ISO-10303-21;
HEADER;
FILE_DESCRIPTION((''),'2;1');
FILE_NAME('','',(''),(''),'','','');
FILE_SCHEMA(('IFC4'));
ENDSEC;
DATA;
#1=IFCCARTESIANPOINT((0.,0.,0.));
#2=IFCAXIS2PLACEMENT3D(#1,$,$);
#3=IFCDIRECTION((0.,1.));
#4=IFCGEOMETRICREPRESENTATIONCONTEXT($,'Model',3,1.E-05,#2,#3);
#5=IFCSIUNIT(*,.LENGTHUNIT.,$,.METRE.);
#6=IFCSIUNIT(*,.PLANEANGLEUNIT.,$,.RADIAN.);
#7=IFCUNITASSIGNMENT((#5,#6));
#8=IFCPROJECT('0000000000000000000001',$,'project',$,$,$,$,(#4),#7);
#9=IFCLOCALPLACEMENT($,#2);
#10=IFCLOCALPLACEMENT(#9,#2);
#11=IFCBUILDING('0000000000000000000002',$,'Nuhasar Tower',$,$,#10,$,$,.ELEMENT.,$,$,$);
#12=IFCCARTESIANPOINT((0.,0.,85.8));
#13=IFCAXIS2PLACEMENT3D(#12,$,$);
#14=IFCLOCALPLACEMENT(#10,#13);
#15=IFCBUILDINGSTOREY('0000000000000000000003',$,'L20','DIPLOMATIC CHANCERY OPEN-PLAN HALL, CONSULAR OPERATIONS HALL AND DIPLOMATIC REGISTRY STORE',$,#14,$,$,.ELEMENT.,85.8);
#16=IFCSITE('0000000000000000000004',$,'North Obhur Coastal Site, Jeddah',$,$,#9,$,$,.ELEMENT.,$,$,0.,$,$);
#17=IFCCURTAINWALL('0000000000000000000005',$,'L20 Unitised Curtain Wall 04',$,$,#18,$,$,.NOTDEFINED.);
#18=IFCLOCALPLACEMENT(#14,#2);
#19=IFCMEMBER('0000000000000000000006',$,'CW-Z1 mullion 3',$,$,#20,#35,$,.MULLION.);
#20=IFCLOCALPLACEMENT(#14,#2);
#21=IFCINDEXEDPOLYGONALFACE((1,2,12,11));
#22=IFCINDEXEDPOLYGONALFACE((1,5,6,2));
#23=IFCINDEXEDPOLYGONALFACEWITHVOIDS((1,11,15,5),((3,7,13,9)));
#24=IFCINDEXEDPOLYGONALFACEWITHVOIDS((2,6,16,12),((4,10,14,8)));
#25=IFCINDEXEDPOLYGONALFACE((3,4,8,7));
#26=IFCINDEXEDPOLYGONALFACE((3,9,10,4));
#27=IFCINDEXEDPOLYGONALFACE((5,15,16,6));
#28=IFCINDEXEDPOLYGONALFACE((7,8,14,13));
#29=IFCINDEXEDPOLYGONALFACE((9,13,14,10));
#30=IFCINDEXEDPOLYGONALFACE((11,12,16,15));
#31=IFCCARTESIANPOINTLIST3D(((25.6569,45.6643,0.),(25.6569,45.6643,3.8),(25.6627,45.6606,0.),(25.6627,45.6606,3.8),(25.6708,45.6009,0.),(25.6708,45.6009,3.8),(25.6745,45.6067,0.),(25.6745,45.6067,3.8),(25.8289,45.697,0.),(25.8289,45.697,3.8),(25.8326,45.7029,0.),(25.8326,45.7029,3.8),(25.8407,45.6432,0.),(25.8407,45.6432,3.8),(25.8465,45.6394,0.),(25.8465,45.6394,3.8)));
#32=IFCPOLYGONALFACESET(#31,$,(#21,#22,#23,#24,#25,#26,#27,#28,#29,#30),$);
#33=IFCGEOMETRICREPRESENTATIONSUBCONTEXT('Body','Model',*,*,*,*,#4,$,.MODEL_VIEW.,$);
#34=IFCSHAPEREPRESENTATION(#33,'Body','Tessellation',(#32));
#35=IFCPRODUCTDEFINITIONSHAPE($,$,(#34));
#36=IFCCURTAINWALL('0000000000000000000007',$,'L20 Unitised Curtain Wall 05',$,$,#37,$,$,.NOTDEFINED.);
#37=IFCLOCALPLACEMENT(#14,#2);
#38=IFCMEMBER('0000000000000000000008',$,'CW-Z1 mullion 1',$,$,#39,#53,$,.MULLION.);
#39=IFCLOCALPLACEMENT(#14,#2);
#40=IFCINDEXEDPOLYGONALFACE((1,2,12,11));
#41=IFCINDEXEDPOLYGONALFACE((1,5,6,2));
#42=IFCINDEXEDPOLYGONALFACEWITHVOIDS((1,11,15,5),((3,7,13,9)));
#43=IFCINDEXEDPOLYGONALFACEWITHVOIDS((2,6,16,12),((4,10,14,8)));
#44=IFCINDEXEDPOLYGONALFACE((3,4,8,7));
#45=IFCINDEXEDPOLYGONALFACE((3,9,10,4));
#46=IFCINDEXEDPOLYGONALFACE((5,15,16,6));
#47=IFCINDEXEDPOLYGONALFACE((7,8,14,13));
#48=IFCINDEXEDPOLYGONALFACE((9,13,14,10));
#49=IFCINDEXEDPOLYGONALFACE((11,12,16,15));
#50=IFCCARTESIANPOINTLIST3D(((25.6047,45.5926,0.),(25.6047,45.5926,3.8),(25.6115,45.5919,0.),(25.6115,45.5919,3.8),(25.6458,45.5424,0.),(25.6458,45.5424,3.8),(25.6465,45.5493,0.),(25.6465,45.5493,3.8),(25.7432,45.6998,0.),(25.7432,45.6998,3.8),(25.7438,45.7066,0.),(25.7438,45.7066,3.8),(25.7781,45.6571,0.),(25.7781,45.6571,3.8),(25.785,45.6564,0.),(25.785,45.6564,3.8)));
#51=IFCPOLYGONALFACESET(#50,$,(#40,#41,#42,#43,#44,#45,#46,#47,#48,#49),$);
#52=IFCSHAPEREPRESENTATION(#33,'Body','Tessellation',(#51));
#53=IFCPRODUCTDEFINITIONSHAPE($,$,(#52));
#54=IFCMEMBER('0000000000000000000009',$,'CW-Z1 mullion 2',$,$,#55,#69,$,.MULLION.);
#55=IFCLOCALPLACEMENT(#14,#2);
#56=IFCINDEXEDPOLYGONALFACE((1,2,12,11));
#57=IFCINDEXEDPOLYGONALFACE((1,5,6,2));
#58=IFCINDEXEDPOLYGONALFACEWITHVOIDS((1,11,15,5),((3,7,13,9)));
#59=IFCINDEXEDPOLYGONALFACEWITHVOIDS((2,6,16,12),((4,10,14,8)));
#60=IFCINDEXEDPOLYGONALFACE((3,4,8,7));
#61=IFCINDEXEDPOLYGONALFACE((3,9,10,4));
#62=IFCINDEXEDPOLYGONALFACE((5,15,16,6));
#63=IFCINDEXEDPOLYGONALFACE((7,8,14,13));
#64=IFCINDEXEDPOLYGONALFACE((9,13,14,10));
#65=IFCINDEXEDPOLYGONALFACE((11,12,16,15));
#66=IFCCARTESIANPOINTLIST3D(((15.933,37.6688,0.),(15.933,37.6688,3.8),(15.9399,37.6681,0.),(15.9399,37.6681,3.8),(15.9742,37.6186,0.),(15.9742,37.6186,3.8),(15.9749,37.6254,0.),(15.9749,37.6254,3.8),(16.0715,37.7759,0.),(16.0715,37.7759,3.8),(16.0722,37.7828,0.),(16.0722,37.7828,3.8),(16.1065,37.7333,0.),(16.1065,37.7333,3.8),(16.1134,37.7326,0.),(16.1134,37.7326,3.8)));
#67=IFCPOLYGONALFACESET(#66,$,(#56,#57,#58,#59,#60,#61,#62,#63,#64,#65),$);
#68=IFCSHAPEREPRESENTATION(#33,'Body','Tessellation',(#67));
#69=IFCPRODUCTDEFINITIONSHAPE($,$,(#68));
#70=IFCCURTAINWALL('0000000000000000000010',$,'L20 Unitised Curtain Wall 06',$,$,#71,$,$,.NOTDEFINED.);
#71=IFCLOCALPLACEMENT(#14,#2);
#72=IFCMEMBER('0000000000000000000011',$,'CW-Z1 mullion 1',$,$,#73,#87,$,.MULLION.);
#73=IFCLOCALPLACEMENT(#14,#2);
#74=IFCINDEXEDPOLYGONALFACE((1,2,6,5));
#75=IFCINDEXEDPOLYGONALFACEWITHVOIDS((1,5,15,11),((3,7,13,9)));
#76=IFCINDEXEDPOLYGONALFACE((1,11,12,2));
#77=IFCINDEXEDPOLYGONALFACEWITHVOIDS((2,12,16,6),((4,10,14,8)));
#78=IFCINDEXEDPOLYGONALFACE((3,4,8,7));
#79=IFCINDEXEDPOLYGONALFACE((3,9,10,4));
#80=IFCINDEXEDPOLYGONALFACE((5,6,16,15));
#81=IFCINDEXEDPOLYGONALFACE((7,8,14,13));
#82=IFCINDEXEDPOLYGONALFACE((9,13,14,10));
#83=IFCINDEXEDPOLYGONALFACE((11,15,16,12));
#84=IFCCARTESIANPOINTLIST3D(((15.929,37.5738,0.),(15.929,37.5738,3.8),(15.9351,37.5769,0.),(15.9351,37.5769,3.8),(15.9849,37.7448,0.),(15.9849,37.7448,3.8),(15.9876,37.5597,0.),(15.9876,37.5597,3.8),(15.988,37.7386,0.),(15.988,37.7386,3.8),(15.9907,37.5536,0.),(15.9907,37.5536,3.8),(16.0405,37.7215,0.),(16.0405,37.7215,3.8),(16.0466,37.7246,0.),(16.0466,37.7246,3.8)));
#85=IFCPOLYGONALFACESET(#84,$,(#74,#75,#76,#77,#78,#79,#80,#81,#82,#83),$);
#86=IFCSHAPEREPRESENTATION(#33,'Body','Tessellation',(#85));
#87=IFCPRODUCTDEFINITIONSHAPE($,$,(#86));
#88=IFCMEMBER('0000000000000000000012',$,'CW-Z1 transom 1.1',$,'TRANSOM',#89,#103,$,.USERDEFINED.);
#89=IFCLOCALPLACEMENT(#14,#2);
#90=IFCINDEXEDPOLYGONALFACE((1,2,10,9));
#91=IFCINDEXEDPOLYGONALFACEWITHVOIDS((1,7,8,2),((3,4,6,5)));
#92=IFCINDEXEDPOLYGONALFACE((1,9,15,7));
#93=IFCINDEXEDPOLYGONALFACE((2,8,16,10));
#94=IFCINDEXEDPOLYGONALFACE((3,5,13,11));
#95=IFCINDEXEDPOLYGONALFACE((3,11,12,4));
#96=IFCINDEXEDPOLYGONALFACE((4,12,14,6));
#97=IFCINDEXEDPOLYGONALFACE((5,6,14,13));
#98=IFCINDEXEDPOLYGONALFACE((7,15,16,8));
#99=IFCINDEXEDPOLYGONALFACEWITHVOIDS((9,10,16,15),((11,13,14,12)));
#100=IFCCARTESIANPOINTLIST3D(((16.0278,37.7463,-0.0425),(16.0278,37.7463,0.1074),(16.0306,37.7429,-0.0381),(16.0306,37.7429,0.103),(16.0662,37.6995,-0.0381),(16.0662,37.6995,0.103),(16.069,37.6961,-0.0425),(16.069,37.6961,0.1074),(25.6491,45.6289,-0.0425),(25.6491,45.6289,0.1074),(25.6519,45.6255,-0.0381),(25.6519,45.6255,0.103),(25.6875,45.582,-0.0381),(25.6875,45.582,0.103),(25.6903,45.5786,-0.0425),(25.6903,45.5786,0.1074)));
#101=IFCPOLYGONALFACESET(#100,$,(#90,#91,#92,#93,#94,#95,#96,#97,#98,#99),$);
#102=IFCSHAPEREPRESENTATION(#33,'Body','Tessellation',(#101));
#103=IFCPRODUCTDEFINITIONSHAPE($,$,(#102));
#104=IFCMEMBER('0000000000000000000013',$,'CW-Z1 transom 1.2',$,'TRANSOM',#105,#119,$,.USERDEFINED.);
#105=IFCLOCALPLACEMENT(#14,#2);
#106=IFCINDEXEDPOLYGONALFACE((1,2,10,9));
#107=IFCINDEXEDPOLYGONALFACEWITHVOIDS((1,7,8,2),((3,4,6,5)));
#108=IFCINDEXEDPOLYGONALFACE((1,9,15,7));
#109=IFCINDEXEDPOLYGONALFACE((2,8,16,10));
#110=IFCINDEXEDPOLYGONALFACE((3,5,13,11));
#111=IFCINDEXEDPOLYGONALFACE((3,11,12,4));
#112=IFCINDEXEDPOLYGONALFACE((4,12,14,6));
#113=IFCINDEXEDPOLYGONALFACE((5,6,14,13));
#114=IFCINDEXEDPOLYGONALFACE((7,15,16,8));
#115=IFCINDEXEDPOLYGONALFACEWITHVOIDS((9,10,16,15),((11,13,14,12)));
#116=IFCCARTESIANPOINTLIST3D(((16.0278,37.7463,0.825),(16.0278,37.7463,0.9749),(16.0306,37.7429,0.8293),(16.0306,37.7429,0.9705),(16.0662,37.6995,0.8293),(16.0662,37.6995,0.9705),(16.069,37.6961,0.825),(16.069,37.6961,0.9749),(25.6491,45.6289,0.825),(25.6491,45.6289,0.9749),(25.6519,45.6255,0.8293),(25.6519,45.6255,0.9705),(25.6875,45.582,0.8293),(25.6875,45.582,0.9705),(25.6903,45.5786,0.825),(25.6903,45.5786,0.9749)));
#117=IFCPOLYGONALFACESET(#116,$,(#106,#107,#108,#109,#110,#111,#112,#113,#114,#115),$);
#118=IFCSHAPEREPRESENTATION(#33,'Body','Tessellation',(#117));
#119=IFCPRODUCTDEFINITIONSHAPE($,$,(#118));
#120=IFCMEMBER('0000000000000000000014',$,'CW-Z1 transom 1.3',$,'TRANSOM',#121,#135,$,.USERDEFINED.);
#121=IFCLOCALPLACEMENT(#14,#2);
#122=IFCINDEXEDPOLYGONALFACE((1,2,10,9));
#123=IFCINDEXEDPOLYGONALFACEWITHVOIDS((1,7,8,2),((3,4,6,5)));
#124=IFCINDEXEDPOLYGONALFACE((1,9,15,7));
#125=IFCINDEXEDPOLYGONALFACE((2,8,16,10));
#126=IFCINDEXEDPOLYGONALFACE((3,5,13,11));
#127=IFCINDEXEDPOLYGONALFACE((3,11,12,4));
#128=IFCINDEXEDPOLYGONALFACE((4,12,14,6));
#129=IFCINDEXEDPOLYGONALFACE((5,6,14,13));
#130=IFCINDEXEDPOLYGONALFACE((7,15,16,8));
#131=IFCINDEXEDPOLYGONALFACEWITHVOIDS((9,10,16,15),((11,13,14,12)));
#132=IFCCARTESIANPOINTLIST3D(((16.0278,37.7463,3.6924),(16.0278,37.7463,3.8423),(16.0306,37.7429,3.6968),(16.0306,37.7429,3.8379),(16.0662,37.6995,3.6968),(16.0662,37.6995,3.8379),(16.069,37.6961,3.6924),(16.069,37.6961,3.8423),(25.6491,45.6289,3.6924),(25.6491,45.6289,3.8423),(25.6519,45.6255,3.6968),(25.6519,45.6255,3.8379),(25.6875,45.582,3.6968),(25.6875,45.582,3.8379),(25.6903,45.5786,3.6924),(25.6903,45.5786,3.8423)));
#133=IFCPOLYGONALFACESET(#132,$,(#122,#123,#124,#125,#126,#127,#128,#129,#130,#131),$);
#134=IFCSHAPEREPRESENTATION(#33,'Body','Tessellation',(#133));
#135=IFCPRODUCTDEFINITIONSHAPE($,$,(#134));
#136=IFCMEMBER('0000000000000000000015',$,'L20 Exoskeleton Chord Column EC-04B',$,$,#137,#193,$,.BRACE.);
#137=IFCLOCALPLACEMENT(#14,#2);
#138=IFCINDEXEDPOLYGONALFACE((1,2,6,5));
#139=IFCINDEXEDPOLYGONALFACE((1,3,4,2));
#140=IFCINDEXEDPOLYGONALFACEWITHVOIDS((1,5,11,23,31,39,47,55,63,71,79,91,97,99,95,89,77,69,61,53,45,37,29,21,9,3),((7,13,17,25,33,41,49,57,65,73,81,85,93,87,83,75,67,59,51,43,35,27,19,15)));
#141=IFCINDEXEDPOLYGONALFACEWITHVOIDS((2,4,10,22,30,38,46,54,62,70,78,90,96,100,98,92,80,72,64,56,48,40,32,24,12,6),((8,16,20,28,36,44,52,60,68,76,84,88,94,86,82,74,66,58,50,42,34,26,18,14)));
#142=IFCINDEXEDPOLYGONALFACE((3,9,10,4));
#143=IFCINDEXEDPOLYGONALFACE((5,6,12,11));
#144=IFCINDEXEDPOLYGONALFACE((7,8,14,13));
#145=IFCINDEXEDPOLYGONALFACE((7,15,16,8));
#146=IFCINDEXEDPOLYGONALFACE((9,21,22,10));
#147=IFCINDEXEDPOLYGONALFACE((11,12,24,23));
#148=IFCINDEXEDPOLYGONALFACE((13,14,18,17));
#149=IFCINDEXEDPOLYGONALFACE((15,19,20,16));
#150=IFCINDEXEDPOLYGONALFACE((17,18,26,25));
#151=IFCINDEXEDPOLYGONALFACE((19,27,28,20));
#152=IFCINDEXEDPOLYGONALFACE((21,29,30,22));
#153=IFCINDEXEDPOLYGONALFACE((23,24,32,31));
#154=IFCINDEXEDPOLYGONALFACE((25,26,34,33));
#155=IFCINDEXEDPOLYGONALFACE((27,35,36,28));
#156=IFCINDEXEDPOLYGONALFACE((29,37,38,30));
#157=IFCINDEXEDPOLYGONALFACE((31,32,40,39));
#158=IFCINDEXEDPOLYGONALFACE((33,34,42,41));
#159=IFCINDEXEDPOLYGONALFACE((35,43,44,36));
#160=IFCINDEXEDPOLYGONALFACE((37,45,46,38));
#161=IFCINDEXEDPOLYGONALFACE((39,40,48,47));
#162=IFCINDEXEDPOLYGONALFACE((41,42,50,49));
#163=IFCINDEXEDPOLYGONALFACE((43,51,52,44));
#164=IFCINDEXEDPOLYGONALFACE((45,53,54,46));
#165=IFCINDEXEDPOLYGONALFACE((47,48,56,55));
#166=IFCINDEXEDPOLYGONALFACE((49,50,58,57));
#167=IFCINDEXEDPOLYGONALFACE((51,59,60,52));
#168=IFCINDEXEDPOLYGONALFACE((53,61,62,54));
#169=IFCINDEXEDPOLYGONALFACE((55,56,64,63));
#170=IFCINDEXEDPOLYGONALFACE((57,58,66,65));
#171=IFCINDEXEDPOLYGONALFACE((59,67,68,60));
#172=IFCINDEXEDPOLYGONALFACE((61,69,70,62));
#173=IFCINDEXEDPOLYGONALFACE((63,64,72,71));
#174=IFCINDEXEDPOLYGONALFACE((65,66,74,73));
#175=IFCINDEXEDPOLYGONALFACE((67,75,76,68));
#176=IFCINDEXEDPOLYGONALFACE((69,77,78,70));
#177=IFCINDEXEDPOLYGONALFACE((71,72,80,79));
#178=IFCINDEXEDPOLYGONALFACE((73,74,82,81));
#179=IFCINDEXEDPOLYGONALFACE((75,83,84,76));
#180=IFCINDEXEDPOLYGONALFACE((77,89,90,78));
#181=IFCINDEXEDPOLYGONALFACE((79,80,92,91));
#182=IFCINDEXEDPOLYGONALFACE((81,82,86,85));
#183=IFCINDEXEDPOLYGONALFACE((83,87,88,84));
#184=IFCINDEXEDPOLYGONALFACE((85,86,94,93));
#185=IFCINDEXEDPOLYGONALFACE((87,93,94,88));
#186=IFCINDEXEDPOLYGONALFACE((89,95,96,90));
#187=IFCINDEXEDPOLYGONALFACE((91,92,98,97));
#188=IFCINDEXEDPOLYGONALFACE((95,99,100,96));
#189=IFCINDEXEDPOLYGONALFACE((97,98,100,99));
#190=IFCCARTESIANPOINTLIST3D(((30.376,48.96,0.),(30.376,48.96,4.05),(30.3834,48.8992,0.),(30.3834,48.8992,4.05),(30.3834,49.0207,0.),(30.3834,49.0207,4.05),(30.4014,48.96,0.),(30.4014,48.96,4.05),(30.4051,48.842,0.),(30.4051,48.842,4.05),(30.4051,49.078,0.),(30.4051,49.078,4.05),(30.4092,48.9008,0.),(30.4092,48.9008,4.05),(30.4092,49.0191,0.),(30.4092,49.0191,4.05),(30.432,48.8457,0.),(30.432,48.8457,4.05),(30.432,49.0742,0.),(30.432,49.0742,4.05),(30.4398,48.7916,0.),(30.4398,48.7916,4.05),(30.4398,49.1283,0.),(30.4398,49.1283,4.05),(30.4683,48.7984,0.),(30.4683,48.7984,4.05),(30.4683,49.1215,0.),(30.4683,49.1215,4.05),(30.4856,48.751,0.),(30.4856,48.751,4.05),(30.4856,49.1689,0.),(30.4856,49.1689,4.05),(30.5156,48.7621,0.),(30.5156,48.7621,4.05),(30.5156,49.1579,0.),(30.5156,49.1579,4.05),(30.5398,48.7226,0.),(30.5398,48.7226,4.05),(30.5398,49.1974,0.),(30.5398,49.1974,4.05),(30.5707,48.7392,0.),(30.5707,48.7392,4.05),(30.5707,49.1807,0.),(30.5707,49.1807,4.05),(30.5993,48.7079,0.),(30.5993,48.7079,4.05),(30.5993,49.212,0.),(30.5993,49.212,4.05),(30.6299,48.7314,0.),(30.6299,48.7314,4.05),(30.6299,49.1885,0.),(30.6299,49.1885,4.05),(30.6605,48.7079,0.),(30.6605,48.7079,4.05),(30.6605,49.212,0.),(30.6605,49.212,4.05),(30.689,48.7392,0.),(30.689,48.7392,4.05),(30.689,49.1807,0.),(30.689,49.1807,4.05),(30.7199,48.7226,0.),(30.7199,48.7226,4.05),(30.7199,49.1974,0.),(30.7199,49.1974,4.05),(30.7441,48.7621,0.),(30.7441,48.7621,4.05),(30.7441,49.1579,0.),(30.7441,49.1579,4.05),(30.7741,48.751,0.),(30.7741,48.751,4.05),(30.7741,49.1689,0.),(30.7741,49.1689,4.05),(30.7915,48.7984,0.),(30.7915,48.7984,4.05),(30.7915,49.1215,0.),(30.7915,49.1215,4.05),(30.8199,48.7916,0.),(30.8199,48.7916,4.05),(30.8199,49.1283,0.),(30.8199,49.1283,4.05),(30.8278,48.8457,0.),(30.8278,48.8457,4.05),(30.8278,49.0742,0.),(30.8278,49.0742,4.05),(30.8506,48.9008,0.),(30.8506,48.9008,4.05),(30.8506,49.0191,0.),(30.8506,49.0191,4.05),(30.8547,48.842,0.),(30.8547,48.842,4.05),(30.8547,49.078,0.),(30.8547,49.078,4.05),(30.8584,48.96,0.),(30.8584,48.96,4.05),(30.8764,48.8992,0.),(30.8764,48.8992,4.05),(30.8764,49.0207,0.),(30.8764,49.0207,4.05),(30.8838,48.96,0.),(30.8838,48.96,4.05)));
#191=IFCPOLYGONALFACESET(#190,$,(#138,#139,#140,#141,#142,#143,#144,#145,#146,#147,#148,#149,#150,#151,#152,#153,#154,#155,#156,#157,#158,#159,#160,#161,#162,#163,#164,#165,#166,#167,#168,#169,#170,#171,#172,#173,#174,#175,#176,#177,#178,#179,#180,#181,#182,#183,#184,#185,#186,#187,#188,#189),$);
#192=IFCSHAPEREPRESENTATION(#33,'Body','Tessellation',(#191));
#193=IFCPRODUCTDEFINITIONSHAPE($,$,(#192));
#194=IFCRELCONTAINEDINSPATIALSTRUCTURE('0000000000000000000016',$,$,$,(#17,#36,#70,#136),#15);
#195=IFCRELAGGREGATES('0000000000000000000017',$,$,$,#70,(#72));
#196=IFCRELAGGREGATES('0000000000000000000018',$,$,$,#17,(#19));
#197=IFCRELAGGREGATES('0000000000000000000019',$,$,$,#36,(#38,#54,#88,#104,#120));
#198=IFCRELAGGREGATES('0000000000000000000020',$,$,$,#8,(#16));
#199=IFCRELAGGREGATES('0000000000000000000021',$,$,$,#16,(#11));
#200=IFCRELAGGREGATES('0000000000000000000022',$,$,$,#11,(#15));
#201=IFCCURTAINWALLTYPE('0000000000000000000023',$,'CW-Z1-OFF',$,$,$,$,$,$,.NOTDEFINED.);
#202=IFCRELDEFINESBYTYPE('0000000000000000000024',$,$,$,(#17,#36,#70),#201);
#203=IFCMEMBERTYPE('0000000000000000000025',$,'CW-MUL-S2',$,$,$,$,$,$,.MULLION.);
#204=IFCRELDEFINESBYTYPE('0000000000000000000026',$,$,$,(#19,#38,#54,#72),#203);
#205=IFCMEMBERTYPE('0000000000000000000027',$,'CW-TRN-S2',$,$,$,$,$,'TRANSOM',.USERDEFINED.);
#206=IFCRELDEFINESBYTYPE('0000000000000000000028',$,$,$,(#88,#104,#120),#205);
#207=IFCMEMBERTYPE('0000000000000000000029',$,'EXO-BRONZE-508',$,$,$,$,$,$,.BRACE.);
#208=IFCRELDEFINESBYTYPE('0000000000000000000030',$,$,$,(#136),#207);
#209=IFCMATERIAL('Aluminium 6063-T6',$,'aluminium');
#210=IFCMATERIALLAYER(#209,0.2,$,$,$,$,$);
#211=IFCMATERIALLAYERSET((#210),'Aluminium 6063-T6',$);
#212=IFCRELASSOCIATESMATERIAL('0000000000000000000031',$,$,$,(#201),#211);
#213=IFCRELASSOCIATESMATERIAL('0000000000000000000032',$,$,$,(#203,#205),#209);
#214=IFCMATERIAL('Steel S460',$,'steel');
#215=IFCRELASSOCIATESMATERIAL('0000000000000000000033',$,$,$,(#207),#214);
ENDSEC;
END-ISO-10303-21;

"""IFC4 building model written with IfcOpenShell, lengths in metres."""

from ifc_helpers import new_model, si_unit, direction, frame, origin, origin_2d, place, context, subcontext, project, spatial, hollow_rectangle, hollow_circle, extrude, material, layer, layer_set, material_profile, profile_set, type_object, element, aggregate, save


model = new_model("IFC4")

# Units and contexts
model_context = context("Model", 3, precision=1e-05, world=origin(), true_north=direction((0.0, 1.0)))
body_context = subcontext(model_context, "Body", "Model", "MODEL_VIEW")
ifc_project = project(units=[si_unit("LENGTHUNIT", "METRE"), si_unit("PLANEANGLEUNIT", "RADIAN")], contexts=[model_context])

# Site, building, storey
site_placement = place(None, origin())
site = spatial("IfcSite", under=ifc_project, at=site_placement, Name="North Obhur Coastal Site, Jeddah", CompositionType="ELEMENT", RefElevation=0.0)
building_placement = place(site_placement, origin())
building = spatial("IfcBuilding", under=site, at=building_placement, Name="Nuhasar Tower", CompositionType="ELEMENT")
storey_placement = place(building_placement, frame((0.0, 0.0, 85.8)))
storey = spatial("IfcBuildingStorey", under=building, at=storey_placement, Name="L20", Description="DIPLOMATIC CHANCERY OPEN-PLAN HALL, CONSULAR OPERATIONS HALL AND DIPLOMATIC REGISTRY STORE", CompositionType="ELEMENT", Elevation=85.8)

# Curtain wall, member
ifc_material_1 = material(Name="Aluminium 6063-T6", Category="aluminium")
ifc_layer_1 = layer(ifc_material_1, 0.2)
ifc_layer_set_1 = layer_set([ifc_layer_1], Name="Aluminium 6063-T6")
curtain_wall_type = type_object("IfcCurtainWallType", Name="CW-Z1-OFF", PredefinedType="NOTDEFINED", material=ifc_layer_set_1)
curtain_wall_1_placement = place(storey_placement, origin())
curtain_wall_1 = element("IfcCurtainWall", 1, at=curtain_wall_1_placement, inside=storey, type_object=curtain_wall_type, Name="L20 Unitised Curtain Wall 04", PredefinedType="NOTDEFINED")
ifc_material_profile_1 = material_profile(ifc_material_1, hollow_rectangle(XDim=0.0649, YDim=0.1799, WallThickness=0.0049, at=origin_2d()), Name="CWM-2")
ifc_profile_set_1 = profile_set([ifc_material_profile_1], Name="Aluminium 6063-T6")
member_type_1 = type_object("IfcMemberType", Name="CW-MUL-S2", PredefinedType="MULLION", material=ifc_profile_set_1)
member_1_placement = place(storey_placement, frame((25.7517, 45.6519, 0.0), z_axis=(0.0, 0.0, 1.0), x_axis=(0.214399, -0.976746, 0.0)))
member_1 = element("IfcMember", 2, at=member_1_placement, type_object=member_type_1, Name="CW-Z1 mullion 3", PredefinedType="MULLION", context=body_context, shape_type="SweptSolid", body=[
    extrude(hollow_rectangle(XDim=0.0649, YDim=0.1799, WallThickness=0.0049, at=origin_2d()), origin(), (0.0, 0.0, 1.0), 3.8),
])

# Curtain wall, members
curtain_wall_2_placement = place(storey_placement, origin())
curtain_wall_2 = element("IfcCurtainWall", 3, at=curtain_wall_2_placement, inside=storey, type_object=curtain_wall_type, Name="L20 Unitised Curtain Wall 05", PredefinedType="NOTDEFINED")
member_2_placement = place(storey_placement, frame((25.6948, 45.6245, 0.0), z_axis=(0.0, 0.0, 1.0), x_axis=(0.633745, -0.773542, 0.0)))
member_2 = element("IfcMember", 4, at=member_2_placement, type_object=member_type_1, Name="CW-Z1 mullion 1", PredefinedType="MULLION", context=body_context, shape_type="SweptSolid", body=[
    extrude(hollow_rectangle(XDim=0.0649, YDim=0.1799, WallThickness=0.0049, at=origin_2d()), origin(), (0.0, 0.0, 1.0), 3.8),
])
member_3_placement = place(storey_placement, frame((16.0232, 37.7007, 0.0), z_axis=(0.0, 0.0, 1.0), x_axis=(0.633745, -0.773542, 0.0)))
member_3 = element("IfcMember", 5, at=member_3_placement, type_object=member_type_1, Name="CW-Z1 mullion 2", PredefinedType="MULLION", context=body_context, shape_type="SweptSolid", body=[
    extrude(hollow_rectangle(XDim=0.0649, YDim=0.1799, WallThickness=0.0049, at=origin_2d()), origin(), (0.0, 0.0, 1.0), 3.8),
])

# Curtain wall, member
curtain_wall_3_placement = place(storey_placement, origin())
curtain_wall_3 = element("IfcCurtainWall", 6, at=curtain_wall_3_placement, inside=storey, type_object=curtain_wall_type, Name="L20 Unitised Curtain Wall 06", PredefinedType="NOTDEFINED")
member_4_placement = place(storey_placement, frame((15.9878, 37.6492, 0.0), z_axis=(0.0, 0.0, 1.0), x_axis=(0.950468, -0.310824, 0.0)))
member_4 = element("IfcMember", 7, at=member_4_placement, type_object=member_type_1, Name="CW-Z1 mullion 1", PredefinedType="MULLION", context=body_context, shape_type="SweptSolid", body=[
    extrude(hollow_rectangle(XDim=0.0649, YDim=0.1799, WallThickness=0.0049, at=origin_2d()), origin(), (0.0, 0.0, 1.0), 3.8),
])
aggregate(curtain_wall_3, [member_4])

# Members
ifc_material_profile_2 = material_profile(ifc_material_1, hollow_rectangle(XDim=0.0649, YDim=0.1499, WallThickness=0.0044, at=origin_2d()), Name="CWT-2")
ifc_profile_set_2 = profile_set([ifc_material_profile_2], Name="Aluminium 6063-T6")
member_type_2 = type_object("IfcMemberType", Name="CW-TRN-S2", ElementType="TRANSOM", PredefinedType="USERDEFINED", material=ifc_profile_set_2)
member_5_placement = place(storey_placement, frame((25.6697, 45.6038, 0.0325), z_axis=(-0.773541, -0.633746, 0.0), x_axis=(0.633746, -0.773541, 0.0)))
member_5 = element("IfcMember", 8, at=member_5_placement, type_object=member_type_2, Name="CW-Z1 transom 1.1", ObjectType="TRANSOM", PredefinedType="USERDEFINED", context=body_context, shape_type="SweptSolid", body=[
    extrude(hollow_rectangle(XDim=0.0649, YDim=0.1499, WallThickness=0.0044, at=origin_2d()), origin(), (0.0, 0.0, 1.0), 12.438),
])
member_6_placement = place(storey_placement, frame((25.6697, 45.6038, 0.8999), z_axis=(-0.773541, -0.633746, 0.0), x_axis=(0.633746, -0.773541, 0.0)))
member_6 = element("IfcMember", 9, at=member_6_placement, type_object=member_type_2, Name="CW-Z1 transom 1.2", ObjectType="TRANSOM", PredefinedType="USERDEFINED", context=body_context, shape_type="SweptSolid", body=[
    extrude(hollow_rectangle(XDim=0.0649, YDim=0.1499, WallThickness=0.0044, at=origin_2d()), origin(), (0.0, 0.0, 1.0), 12.438),
])
member_7_placement = place(storey_placement, frame((25.6697, 45.6038, 3.7673), z_axis=(-0.773541, -0.633746, 0.0), x_axis=(0.633746, -0.773541, 0.0)))
member_7 = element("IfcMember", 10, at=member_7_placement, type_object=member_type_2, Name="CW-Z1 transom 1.3", ObjectType="TRANSOM", PredefinedType="USERDEFINED", context=body_context, shape_type="SweptSolid", body=[
    extrude(hollow_rectangle(XDim=0.0649, YDim=0.1499, WallThickness=0.0044, at=origin_2d()), origin(), (0.0, 0.0, 1.0), 12.438),
])

# Member
ifc_material_2 = material(Name="Steel S460", Category="steel")
ifc_material_profile_3 = material_profile(ifc_material_2, hollow_circle(Radius=0.2539, WallThickness=0.0254, at=origin_2d()), Name="HSS508X25.4")
ifc_profile_set_3 = profile_set([ifc_material_profile_3], Name="Steel S460")
member_type_3 = type_object("IfcMemberType", Name="EXO-BRONZE-508", PredefinedType="BRACE", material=ifc_profile_set_3)
for number, where, z_axis, x_axis, name in (
    (11, (30.6299, 48.96, 0.0), (0.0, 0.0, 1.0), (1.0, 0.0, 0.0), "L20 Exoskeleton Chord Column EC-04B"),
):
    element("IfcMember", number, at=place(storey_placement, frame(where, z_axis=z_axis, x_axis=x_axis)), inside=storey, type_object=member_type_3, Name=name, PredefinedType="BRACE", context=body_context, shape_type="SweptSolid", body=[
        extrude(hollow_circle(Radius=0.2539, WallThickness=0.0254, at=origin_2d()), origin(), (0.0, 0.0, 1.0), 4.05),
    ])

aggregate(curtain_wall_1, [member_1])
aggregate(curtain_wall_2, [member_2, member_3, member_5, member_6, member_7])

save(model, "model.ifc")
